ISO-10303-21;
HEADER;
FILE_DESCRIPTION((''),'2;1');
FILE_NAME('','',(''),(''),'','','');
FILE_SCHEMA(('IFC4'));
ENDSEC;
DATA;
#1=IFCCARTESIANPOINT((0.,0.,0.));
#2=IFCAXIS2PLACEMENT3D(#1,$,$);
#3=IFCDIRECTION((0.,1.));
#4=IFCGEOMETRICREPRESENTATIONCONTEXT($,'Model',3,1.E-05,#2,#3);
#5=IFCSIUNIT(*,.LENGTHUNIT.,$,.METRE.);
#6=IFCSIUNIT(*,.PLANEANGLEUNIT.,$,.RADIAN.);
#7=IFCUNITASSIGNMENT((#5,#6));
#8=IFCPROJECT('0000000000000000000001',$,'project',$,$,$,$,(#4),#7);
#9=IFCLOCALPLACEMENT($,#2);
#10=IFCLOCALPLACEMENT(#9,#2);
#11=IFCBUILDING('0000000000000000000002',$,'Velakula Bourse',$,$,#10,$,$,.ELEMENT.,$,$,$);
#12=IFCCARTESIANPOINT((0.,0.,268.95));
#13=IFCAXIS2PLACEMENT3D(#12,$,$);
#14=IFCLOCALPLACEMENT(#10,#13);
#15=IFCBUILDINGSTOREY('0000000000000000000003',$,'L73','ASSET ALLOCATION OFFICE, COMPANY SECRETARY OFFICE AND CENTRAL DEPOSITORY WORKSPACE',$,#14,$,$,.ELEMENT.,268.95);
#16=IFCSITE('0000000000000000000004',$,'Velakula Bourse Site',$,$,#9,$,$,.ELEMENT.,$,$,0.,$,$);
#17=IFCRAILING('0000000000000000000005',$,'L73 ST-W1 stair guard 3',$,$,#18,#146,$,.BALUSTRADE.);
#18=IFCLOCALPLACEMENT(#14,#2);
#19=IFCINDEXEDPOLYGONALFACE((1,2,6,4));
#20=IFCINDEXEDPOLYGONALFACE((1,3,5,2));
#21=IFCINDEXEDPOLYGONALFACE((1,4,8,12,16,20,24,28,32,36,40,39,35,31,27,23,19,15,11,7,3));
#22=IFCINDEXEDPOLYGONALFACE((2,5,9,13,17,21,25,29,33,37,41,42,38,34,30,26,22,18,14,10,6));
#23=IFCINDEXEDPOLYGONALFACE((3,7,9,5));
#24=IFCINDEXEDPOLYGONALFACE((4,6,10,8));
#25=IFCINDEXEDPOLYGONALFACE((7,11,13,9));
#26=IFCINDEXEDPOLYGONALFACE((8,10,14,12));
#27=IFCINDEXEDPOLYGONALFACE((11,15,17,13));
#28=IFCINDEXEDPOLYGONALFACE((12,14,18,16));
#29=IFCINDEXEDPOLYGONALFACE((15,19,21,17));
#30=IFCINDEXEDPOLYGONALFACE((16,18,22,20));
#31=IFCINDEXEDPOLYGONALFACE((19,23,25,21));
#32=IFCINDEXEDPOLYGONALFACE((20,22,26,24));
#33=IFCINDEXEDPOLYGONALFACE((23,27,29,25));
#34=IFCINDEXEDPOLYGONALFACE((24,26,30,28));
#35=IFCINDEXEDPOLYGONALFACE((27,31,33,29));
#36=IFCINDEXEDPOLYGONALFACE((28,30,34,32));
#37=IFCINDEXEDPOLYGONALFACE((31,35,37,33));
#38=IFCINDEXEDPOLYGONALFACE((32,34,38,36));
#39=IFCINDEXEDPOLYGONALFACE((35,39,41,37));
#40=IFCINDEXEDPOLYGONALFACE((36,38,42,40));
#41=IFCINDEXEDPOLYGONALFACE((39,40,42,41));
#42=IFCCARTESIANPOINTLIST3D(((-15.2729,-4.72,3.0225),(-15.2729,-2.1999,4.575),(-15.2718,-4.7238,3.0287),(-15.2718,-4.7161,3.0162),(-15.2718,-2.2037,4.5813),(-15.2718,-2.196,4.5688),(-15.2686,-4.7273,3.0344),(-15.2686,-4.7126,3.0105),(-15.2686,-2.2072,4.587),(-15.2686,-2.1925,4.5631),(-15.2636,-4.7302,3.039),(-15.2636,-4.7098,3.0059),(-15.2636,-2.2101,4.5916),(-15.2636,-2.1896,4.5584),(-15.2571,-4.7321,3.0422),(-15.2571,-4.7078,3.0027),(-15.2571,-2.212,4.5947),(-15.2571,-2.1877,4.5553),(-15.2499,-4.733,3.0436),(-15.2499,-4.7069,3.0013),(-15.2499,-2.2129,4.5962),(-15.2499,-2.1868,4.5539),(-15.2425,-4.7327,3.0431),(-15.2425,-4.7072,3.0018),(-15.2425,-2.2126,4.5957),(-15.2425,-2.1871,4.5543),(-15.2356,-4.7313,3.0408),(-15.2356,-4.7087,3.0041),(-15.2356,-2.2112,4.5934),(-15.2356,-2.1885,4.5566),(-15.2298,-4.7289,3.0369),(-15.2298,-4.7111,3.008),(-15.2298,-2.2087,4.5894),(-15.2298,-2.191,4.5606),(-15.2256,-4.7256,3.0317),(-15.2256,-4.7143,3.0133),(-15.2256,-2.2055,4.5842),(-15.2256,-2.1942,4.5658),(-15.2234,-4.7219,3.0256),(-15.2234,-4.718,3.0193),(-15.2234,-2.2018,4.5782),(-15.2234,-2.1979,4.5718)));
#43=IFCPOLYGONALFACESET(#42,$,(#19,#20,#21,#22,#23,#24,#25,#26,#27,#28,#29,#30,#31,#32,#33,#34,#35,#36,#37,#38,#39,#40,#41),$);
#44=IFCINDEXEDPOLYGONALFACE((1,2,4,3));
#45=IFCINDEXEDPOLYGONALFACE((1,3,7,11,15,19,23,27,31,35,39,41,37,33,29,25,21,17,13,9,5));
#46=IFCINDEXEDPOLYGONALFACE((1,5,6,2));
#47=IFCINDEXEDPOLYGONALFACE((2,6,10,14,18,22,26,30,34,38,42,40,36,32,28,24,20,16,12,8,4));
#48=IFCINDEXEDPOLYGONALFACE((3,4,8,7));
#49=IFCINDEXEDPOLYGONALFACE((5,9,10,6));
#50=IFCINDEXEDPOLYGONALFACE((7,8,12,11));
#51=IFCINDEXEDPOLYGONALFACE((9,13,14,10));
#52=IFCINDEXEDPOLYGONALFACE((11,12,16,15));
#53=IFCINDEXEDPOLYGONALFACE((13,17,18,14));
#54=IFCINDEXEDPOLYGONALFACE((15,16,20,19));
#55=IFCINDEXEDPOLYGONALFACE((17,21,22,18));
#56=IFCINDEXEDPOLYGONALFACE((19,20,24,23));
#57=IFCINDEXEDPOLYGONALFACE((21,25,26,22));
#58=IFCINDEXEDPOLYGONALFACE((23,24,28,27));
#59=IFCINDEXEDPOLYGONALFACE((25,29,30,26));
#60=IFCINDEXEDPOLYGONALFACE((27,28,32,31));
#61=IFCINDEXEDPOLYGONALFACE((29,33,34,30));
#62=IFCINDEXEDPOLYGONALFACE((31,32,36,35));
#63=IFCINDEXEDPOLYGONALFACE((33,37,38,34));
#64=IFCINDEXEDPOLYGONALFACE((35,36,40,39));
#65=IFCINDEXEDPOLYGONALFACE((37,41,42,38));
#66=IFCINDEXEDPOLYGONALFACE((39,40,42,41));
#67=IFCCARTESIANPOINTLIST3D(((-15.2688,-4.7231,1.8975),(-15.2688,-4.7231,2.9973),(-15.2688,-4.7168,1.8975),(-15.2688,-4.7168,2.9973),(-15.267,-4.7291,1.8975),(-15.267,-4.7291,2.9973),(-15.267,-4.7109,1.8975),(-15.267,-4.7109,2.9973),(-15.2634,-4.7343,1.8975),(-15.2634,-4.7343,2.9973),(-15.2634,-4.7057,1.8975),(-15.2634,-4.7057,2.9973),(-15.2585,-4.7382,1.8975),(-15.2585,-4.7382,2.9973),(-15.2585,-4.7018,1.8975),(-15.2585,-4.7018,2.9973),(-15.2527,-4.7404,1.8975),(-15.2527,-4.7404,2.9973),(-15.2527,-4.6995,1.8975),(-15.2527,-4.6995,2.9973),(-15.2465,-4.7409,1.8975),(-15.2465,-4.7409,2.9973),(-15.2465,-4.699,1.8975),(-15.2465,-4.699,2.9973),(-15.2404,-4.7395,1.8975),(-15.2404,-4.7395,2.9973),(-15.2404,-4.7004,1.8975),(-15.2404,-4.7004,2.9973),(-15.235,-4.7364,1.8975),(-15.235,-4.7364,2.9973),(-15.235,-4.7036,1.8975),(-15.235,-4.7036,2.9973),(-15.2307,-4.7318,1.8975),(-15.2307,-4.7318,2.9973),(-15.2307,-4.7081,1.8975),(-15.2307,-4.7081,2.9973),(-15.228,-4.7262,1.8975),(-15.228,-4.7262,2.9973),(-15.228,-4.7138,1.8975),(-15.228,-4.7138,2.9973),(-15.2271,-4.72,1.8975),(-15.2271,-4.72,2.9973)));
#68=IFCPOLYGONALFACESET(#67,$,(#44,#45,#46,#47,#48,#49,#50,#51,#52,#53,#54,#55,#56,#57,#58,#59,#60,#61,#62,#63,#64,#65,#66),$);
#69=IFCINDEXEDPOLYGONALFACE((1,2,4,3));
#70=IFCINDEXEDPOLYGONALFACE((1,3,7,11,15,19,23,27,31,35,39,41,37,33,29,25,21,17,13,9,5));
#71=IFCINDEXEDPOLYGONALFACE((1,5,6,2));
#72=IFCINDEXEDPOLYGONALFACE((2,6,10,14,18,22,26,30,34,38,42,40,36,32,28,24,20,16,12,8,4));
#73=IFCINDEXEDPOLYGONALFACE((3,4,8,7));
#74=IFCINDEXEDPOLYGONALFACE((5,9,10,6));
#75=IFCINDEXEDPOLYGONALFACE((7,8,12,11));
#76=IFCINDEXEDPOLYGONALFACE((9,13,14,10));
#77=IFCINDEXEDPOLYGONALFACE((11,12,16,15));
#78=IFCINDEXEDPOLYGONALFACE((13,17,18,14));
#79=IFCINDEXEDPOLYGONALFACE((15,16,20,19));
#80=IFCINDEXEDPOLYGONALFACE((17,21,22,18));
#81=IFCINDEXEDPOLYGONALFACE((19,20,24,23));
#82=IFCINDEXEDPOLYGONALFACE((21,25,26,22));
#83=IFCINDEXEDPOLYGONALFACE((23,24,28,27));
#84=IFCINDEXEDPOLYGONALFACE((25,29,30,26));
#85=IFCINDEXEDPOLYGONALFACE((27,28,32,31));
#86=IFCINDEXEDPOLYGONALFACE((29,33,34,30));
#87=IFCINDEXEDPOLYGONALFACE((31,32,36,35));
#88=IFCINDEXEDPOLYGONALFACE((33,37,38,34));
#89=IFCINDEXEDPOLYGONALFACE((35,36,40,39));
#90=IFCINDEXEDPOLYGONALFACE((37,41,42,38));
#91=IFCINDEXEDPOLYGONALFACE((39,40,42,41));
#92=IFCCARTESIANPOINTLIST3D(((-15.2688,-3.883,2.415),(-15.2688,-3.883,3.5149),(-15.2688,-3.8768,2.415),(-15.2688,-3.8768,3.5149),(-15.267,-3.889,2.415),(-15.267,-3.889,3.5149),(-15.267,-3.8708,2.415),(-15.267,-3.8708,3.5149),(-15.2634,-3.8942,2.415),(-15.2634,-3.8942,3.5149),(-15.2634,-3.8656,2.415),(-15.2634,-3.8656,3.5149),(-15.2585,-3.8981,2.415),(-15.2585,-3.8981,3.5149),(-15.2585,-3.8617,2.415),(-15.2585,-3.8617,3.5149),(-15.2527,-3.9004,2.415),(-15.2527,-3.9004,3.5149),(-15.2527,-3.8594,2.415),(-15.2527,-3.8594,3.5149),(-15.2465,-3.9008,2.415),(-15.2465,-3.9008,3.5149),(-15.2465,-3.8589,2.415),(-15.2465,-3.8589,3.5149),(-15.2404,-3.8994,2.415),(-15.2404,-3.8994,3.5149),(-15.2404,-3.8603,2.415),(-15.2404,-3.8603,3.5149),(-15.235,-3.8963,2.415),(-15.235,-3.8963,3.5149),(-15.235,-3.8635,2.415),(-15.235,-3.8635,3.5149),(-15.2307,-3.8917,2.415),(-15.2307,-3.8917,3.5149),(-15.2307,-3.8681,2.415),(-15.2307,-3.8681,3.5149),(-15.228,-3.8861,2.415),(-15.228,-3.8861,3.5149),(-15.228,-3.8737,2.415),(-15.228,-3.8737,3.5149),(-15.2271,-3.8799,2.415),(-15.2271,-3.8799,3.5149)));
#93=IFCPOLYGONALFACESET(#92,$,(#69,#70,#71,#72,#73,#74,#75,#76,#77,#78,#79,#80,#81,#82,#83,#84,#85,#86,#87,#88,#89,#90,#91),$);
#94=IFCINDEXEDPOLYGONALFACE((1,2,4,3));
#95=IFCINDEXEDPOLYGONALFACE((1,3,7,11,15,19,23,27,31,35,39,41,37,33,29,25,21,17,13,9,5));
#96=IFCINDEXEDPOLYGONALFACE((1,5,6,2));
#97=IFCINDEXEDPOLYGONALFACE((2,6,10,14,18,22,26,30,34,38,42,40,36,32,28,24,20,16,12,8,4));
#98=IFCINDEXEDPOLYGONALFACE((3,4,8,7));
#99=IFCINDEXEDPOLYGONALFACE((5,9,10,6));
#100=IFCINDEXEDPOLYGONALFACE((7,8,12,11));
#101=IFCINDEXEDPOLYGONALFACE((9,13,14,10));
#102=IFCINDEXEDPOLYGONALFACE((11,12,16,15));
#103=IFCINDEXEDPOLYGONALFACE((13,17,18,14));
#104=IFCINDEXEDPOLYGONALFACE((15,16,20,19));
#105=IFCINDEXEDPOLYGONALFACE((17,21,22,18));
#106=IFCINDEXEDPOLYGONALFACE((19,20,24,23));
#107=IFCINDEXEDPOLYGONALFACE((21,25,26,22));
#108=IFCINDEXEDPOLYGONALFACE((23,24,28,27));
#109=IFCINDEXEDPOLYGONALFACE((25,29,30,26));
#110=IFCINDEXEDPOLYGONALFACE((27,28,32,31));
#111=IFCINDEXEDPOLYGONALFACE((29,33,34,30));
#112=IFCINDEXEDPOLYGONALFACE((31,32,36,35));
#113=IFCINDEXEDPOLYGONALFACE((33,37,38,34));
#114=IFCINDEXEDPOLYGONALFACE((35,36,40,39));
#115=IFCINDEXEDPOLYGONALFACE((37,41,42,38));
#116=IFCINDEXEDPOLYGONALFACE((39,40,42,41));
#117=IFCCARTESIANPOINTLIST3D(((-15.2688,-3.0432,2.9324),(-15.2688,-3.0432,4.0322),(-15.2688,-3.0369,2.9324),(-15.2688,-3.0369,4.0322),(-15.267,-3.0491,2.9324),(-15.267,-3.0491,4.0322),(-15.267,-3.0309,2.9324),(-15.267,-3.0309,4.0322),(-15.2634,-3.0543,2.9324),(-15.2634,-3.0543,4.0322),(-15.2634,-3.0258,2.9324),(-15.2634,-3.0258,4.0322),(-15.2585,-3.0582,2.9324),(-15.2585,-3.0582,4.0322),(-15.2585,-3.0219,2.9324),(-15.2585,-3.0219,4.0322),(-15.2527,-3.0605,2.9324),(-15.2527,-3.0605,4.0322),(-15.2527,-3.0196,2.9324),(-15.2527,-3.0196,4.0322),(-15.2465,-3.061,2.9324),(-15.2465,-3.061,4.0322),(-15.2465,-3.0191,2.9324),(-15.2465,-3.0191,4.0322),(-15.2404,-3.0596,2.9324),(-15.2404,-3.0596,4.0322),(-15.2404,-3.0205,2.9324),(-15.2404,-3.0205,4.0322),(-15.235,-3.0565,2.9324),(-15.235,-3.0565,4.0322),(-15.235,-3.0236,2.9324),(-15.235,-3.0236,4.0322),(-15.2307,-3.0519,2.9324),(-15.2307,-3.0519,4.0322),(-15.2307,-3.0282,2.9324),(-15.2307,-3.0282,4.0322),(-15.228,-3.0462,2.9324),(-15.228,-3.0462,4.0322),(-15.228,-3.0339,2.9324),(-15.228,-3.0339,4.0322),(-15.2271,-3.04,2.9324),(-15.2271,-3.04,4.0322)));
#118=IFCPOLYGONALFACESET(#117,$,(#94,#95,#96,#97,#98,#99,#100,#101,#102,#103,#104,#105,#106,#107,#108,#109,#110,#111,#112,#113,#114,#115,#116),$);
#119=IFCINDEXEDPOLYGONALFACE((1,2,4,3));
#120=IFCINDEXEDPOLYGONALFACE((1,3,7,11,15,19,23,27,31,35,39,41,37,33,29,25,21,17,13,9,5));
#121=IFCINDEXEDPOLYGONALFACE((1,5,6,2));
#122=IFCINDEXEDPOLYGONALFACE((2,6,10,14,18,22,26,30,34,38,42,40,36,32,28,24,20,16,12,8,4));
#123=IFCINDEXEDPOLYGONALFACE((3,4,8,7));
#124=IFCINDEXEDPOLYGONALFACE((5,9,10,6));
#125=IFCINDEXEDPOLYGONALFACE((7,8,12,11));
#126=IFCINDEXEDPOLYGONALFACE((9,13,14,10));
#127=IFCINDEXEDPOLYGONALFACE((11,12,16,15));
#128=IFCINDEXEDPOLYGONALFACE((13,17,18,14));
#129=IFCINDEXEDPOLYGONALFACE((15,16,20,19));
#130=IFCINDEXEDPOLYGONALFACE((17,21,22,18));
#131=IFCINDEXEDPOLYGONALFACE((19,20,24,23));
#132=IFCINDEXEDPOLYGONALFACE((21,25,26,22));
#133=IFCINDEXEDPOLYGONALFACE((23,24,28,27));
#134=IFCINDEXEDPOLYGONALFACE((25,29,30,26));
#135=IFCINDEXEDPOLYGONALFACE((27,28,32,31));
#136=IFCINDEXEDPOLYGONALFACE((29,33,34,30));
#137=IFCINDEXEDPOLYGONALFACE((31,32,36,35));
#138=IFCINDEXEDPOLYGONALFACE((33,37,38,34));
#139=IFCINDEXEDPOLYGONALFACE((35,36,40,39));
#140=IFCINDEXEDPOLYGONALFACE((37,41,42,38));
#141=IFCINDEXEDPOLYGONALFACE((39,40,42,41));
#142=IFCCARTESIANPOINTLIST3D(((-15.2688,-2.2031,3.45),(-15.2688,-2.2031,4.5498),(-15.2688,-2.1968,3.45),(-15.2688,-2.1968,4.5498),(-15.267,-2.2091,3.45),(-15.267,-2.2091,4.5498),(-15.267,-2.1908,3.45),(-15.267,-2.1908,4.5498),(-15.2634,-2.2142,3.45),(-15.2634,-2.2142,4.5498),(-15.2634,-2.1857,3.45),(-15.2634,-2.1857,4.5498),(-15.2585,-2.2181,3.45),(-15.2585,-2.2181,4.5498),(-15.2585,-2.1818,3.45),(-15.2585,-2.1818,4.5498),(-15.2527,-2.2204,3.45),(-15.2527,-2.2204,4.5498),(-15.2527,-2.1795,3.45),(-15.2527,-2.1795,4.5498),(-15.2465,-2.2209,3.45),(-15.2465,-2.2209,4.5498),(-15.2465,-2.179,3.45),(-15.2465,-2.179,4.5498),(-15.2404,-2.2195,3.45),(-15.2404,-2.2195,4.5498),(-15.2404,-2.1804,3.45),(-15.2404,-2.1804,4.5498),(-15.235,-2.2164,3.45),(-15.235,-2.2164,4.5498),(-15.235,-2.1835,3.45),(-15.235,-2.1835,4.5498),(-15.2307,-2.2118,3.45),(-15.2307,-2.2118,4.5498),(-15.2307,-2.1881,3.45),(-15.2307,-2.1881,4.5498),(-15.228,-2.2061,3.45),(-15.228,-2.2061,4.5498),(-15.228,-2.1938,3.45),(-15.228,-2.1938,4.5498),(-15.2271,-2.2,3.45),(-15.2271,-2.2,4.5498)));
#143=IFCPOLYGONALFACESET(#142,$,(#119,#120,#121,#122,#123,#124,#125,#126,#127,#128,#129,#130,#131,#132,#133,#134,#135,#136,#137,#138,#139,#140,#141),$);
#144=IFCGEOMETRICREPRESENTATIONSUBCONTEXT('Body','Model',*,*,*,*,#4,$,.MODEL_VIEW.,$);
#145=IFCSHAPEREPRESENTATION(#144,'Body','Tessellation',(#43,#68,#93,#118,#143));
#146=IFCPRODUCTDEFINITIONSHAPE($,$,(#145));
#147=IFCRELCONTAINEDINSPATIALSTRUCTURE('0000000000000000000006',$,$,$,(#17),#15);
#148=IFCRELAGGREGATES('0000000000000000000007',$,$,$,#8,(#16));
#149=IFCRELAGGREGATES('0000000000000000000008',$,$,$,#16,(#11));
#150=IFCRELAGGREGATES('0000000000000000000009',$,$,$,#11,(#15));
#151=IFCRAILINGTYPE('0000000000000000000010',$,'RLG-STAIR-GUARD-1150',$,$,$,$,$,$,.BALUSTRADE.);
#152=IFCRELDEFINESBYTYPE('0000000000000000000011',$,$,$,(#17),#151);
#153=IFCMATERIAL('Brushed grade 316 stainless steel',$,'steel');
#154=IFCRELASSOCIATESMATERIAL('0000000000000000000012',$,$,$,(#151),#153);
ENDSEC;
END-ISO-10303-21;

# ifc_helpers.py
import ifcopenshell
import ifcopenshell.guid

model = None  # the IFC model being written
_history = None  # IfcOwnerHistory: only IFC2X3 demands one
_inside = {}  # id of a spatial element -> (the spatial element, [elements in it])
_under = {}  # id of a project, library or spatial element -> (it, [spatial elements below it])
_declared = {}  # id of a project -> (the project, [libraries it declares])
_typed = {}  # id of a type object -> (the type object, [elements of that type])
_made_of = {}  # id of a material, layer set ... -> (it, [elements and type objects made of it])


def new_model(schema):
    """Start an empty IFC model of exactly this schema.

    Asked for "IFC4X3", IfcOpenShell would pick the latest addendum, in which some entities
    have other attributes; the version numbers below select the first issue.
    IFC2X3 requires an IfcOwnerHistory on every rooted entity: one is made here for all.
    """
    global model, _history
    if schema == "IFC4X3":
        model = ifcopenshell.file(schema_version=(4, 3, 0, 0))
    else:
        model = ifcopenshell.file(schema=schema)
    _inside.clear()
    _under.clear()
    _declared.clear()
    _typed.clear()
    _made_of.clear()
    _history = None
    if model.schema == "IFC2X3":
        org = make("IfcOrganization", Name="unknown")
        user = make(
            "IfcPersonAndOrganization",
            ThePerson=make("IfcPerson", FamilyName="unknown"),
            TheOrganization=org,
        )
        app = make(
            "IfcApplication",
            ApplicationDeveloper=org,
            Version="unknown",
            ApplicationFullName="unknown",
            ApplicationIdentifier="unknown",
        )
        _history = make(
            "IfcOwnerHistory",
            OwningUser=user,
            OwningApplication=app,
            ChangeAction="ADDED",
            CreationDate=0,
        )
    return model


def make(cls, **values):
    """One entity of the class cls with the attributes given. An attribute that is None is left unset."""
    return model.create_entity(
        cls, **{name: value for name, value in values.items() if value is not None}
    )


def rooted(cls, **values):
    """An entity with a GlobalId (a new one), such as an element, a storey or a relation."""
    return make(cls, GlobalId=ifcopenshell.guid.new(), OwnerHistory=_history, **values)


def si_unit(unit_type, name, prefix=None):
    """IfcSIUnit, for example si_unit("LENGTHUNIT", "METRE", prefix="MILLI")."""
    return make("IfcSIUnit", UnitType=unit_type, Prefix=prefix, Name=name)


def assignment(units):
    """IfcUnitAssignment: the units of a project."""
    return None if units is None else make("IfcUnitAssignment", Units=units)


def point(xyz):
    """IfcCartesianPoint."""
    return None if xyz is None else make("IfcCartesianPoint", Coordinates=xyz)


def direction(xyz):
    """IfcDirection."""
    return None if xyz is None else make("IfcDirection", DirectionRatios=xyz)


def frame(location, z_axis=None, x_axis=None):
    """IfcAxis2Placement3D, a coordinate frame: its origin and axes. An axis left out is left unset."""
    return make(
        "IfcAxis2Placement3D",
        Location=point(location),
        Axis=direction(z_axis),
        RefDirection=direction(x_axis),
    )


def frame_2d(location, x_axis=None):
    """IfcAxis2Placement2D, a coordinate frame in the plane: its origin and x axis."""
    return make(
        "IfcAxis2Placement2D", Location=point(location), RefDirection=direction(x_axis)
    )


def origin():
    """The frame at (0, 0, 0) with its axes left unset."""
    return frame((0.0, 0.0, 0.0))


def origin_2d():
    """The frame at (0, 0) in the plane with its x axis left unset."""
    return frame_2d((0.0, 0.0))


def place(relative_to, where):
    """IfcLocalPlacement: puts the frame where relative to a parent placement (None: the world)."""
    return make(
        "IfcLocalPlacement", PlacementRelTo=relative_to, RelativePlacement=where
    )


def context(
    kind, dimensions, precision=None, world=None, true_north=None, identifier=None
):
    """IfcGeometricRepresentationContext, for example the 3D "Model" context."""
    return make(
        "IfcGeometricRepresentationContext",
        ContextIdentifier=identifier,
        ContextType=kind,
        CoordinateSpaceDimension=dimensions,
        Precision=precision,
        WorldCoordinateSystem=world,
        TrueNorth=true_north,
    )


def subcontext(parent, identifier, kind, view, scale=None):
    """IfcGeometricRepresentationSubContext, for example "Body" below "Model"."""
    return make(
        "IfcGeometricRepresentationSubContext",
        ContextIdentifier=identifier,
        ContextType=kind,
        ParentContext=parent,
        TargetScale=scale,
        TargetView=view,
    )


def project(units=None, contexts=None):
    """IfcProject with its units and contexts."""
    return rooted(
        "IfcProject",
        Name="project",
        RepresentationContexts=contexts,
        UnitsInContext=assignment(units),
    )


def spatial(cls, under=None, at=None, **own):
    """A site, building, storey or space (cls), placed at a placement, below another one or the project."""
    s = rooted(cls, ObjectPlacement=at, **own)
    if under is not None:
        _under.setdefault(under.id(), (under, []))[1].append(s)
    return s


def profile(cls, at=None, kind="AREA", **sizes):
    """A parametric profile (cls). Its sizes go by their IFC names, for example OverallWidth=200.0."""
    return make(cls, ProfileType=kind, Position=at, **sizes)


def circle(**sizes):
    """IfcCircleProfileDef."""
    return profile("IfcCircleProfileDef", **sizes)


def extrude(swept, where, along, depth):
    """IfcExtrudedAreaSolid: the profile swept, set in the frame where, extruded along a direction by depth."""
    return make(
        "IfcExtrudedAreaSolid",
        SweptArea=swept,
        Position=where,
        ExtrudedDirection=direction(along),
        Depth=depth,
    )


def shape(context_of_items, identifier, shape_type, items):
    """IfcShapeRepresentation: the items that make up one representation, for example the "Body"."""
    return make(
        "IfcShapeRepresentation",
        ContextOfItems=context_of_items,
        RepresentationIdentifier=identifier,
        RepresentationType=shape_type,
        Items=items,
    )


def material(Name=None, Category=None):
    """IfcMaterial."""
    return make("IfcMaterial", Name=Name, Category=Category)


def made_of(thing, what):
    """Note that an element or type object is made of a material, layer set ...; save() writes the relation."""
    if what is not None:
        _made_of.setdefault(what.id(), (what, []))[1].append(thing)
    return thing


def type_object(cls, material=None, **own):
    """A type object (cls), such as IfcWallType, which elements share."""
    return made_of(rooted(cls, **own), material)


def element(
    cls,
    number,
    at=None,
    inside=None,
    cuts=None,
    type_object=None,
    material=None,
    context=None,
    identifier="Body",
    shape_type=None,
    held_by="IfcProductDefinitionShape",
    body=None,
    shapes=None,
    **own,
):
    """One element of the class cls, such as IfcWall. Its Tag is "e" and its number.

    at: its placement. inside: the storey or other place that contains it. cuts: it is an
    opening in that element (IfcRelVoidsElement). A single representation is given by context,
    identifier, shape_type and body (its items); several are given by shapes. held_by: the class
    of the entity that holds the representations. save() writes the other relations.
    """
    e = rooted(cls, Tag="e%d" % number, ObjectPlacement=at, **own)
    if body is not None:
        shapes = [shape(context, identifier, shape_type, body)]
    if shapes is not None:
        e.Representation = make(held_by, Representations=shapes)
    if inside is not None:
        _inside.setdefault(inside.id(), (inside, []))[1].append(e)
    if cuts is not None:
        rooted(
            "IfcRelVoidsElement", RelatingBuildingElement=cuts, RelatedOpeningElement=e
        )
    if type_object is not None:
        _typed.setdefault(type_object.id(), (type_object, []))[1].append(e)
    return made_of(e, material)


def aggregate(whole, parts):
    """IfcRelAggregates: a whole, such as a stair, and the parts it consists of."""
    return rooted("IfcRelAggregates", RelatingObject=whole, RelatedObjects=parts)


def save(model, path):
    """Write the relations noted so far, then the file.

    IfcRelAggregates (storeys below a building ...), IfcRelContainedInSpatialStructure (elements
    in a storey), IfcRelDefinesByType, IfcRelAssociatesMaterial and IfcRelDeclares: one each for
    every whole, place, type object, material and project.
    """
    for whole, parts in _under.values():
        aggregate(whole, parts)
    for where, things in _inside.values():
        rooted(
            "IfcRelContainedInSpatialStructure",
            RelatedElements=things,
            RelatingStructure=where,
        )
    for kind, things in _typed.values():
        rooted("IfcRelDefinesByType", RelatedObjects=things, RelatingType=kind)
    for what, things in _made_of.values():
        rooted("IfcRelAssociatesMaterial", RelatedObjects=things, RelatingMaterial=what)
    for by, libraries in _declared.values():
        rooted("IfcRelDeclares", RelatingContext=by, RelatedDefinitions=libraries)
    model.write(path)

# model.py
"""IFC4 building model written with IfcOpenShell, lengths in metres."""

from ifc_helpers import new_model, si_unit, direction, frame, origin, origin_2d, place, context, subcontext, project, spatial, circle, extrude, material, type_object, element, save


model = new_model("IFC4")

# Units and contexts
model_context = context("Model", 3, precision=1e-05, world=origin(), true_north=direction((0.0, 1.0)))
body_context = subcontext(model_context, "Body", "Model", "MODEL_VIEW")
ifc_project = project(units=[si_unit("LENGTHUNIT", "METRE"), si_unit("PLANEANGLEUNIT", "RADIAN")], contexts=[model_context])

# Site, building, storey
site_placement = place(None, origin())
site = spatial("IfcSite", under=ifc_project, at=site_placement, Name="Velakula Bourse Site", CompositionType="ELEMENT", RefElevation=0.0)
building_placement = place(site_placement, origin())
building = spatial("IfcBuilding", under=site, at=building_placement, Name="Velakula Bourse", CompositionType="ELEMENT")
storey_placement = place(building_placement, frame((0.0, 0.0, 268.95)))
storey = spatial("IfcBuildingStorey", under=building, at=storey_placement, Name="L73", Description="ASSET ALLOCATION OFFICE, COMPANY SECRETARY OFFICE AND CENTRAL DEPOSITORY WORKSPACE", CompositionType="ELEMENT", Elevation=268.95)

# Shared definitions
ifc_material_1 = material(Name="Brushed grade 316 stainless steel", Category="steel")

# Railing
railing_type_1 = type_object("IfcRailingType", Name="RLG-STAIR-GUARD-1150", PredefinedType="BALUSTRADE", material=ifc_material_1)
railing_1_placement = place(storey_placement, frame((-15.248, -4.72, 1.8975)))
element("IfcRailing", 1, at=railing_1_placement, inside=storey, type_object=railing_type_1, Name="L73 ST-W1 stair guard 3", PredefinedType="BALUSTRADE", context=body_context, shape_type="SweptSolid", body=[
    extrude(circle(Radius=0.0249, at=origin_2d()), frame((0.0, 0.0, 1.125), z_axis=(0.0, 0.8514, 0.524516), x_axis=(-1.0, 0.0, 0.0)), (0.0, 0.0, 1.0), 2.96),
    extrude(circle(Radius=0.021, at=origin_2d()), origin(), (0.0, 0.0, 1.0), 1.0999),
    extrude(circle(Radius=0.021, at=origin_2d()), frame((0.0, 0.8401, 0.5176)), (0.0, 0.0, 1.0), 1.0999),
    extrude(circle(Radius=0.021, at=origin_2d()), frame((0.0, 1.6799, 1.0349)), (0.0, 0.0, 1.0), 1.0999),
    extrude(circle(Radius=0.021, at=origin_2d()), frame((0.0, 2.52, 1.5525)), (0.0, 0.0, 1.0), 1.0999),
])

save(model, "model.ifc")
